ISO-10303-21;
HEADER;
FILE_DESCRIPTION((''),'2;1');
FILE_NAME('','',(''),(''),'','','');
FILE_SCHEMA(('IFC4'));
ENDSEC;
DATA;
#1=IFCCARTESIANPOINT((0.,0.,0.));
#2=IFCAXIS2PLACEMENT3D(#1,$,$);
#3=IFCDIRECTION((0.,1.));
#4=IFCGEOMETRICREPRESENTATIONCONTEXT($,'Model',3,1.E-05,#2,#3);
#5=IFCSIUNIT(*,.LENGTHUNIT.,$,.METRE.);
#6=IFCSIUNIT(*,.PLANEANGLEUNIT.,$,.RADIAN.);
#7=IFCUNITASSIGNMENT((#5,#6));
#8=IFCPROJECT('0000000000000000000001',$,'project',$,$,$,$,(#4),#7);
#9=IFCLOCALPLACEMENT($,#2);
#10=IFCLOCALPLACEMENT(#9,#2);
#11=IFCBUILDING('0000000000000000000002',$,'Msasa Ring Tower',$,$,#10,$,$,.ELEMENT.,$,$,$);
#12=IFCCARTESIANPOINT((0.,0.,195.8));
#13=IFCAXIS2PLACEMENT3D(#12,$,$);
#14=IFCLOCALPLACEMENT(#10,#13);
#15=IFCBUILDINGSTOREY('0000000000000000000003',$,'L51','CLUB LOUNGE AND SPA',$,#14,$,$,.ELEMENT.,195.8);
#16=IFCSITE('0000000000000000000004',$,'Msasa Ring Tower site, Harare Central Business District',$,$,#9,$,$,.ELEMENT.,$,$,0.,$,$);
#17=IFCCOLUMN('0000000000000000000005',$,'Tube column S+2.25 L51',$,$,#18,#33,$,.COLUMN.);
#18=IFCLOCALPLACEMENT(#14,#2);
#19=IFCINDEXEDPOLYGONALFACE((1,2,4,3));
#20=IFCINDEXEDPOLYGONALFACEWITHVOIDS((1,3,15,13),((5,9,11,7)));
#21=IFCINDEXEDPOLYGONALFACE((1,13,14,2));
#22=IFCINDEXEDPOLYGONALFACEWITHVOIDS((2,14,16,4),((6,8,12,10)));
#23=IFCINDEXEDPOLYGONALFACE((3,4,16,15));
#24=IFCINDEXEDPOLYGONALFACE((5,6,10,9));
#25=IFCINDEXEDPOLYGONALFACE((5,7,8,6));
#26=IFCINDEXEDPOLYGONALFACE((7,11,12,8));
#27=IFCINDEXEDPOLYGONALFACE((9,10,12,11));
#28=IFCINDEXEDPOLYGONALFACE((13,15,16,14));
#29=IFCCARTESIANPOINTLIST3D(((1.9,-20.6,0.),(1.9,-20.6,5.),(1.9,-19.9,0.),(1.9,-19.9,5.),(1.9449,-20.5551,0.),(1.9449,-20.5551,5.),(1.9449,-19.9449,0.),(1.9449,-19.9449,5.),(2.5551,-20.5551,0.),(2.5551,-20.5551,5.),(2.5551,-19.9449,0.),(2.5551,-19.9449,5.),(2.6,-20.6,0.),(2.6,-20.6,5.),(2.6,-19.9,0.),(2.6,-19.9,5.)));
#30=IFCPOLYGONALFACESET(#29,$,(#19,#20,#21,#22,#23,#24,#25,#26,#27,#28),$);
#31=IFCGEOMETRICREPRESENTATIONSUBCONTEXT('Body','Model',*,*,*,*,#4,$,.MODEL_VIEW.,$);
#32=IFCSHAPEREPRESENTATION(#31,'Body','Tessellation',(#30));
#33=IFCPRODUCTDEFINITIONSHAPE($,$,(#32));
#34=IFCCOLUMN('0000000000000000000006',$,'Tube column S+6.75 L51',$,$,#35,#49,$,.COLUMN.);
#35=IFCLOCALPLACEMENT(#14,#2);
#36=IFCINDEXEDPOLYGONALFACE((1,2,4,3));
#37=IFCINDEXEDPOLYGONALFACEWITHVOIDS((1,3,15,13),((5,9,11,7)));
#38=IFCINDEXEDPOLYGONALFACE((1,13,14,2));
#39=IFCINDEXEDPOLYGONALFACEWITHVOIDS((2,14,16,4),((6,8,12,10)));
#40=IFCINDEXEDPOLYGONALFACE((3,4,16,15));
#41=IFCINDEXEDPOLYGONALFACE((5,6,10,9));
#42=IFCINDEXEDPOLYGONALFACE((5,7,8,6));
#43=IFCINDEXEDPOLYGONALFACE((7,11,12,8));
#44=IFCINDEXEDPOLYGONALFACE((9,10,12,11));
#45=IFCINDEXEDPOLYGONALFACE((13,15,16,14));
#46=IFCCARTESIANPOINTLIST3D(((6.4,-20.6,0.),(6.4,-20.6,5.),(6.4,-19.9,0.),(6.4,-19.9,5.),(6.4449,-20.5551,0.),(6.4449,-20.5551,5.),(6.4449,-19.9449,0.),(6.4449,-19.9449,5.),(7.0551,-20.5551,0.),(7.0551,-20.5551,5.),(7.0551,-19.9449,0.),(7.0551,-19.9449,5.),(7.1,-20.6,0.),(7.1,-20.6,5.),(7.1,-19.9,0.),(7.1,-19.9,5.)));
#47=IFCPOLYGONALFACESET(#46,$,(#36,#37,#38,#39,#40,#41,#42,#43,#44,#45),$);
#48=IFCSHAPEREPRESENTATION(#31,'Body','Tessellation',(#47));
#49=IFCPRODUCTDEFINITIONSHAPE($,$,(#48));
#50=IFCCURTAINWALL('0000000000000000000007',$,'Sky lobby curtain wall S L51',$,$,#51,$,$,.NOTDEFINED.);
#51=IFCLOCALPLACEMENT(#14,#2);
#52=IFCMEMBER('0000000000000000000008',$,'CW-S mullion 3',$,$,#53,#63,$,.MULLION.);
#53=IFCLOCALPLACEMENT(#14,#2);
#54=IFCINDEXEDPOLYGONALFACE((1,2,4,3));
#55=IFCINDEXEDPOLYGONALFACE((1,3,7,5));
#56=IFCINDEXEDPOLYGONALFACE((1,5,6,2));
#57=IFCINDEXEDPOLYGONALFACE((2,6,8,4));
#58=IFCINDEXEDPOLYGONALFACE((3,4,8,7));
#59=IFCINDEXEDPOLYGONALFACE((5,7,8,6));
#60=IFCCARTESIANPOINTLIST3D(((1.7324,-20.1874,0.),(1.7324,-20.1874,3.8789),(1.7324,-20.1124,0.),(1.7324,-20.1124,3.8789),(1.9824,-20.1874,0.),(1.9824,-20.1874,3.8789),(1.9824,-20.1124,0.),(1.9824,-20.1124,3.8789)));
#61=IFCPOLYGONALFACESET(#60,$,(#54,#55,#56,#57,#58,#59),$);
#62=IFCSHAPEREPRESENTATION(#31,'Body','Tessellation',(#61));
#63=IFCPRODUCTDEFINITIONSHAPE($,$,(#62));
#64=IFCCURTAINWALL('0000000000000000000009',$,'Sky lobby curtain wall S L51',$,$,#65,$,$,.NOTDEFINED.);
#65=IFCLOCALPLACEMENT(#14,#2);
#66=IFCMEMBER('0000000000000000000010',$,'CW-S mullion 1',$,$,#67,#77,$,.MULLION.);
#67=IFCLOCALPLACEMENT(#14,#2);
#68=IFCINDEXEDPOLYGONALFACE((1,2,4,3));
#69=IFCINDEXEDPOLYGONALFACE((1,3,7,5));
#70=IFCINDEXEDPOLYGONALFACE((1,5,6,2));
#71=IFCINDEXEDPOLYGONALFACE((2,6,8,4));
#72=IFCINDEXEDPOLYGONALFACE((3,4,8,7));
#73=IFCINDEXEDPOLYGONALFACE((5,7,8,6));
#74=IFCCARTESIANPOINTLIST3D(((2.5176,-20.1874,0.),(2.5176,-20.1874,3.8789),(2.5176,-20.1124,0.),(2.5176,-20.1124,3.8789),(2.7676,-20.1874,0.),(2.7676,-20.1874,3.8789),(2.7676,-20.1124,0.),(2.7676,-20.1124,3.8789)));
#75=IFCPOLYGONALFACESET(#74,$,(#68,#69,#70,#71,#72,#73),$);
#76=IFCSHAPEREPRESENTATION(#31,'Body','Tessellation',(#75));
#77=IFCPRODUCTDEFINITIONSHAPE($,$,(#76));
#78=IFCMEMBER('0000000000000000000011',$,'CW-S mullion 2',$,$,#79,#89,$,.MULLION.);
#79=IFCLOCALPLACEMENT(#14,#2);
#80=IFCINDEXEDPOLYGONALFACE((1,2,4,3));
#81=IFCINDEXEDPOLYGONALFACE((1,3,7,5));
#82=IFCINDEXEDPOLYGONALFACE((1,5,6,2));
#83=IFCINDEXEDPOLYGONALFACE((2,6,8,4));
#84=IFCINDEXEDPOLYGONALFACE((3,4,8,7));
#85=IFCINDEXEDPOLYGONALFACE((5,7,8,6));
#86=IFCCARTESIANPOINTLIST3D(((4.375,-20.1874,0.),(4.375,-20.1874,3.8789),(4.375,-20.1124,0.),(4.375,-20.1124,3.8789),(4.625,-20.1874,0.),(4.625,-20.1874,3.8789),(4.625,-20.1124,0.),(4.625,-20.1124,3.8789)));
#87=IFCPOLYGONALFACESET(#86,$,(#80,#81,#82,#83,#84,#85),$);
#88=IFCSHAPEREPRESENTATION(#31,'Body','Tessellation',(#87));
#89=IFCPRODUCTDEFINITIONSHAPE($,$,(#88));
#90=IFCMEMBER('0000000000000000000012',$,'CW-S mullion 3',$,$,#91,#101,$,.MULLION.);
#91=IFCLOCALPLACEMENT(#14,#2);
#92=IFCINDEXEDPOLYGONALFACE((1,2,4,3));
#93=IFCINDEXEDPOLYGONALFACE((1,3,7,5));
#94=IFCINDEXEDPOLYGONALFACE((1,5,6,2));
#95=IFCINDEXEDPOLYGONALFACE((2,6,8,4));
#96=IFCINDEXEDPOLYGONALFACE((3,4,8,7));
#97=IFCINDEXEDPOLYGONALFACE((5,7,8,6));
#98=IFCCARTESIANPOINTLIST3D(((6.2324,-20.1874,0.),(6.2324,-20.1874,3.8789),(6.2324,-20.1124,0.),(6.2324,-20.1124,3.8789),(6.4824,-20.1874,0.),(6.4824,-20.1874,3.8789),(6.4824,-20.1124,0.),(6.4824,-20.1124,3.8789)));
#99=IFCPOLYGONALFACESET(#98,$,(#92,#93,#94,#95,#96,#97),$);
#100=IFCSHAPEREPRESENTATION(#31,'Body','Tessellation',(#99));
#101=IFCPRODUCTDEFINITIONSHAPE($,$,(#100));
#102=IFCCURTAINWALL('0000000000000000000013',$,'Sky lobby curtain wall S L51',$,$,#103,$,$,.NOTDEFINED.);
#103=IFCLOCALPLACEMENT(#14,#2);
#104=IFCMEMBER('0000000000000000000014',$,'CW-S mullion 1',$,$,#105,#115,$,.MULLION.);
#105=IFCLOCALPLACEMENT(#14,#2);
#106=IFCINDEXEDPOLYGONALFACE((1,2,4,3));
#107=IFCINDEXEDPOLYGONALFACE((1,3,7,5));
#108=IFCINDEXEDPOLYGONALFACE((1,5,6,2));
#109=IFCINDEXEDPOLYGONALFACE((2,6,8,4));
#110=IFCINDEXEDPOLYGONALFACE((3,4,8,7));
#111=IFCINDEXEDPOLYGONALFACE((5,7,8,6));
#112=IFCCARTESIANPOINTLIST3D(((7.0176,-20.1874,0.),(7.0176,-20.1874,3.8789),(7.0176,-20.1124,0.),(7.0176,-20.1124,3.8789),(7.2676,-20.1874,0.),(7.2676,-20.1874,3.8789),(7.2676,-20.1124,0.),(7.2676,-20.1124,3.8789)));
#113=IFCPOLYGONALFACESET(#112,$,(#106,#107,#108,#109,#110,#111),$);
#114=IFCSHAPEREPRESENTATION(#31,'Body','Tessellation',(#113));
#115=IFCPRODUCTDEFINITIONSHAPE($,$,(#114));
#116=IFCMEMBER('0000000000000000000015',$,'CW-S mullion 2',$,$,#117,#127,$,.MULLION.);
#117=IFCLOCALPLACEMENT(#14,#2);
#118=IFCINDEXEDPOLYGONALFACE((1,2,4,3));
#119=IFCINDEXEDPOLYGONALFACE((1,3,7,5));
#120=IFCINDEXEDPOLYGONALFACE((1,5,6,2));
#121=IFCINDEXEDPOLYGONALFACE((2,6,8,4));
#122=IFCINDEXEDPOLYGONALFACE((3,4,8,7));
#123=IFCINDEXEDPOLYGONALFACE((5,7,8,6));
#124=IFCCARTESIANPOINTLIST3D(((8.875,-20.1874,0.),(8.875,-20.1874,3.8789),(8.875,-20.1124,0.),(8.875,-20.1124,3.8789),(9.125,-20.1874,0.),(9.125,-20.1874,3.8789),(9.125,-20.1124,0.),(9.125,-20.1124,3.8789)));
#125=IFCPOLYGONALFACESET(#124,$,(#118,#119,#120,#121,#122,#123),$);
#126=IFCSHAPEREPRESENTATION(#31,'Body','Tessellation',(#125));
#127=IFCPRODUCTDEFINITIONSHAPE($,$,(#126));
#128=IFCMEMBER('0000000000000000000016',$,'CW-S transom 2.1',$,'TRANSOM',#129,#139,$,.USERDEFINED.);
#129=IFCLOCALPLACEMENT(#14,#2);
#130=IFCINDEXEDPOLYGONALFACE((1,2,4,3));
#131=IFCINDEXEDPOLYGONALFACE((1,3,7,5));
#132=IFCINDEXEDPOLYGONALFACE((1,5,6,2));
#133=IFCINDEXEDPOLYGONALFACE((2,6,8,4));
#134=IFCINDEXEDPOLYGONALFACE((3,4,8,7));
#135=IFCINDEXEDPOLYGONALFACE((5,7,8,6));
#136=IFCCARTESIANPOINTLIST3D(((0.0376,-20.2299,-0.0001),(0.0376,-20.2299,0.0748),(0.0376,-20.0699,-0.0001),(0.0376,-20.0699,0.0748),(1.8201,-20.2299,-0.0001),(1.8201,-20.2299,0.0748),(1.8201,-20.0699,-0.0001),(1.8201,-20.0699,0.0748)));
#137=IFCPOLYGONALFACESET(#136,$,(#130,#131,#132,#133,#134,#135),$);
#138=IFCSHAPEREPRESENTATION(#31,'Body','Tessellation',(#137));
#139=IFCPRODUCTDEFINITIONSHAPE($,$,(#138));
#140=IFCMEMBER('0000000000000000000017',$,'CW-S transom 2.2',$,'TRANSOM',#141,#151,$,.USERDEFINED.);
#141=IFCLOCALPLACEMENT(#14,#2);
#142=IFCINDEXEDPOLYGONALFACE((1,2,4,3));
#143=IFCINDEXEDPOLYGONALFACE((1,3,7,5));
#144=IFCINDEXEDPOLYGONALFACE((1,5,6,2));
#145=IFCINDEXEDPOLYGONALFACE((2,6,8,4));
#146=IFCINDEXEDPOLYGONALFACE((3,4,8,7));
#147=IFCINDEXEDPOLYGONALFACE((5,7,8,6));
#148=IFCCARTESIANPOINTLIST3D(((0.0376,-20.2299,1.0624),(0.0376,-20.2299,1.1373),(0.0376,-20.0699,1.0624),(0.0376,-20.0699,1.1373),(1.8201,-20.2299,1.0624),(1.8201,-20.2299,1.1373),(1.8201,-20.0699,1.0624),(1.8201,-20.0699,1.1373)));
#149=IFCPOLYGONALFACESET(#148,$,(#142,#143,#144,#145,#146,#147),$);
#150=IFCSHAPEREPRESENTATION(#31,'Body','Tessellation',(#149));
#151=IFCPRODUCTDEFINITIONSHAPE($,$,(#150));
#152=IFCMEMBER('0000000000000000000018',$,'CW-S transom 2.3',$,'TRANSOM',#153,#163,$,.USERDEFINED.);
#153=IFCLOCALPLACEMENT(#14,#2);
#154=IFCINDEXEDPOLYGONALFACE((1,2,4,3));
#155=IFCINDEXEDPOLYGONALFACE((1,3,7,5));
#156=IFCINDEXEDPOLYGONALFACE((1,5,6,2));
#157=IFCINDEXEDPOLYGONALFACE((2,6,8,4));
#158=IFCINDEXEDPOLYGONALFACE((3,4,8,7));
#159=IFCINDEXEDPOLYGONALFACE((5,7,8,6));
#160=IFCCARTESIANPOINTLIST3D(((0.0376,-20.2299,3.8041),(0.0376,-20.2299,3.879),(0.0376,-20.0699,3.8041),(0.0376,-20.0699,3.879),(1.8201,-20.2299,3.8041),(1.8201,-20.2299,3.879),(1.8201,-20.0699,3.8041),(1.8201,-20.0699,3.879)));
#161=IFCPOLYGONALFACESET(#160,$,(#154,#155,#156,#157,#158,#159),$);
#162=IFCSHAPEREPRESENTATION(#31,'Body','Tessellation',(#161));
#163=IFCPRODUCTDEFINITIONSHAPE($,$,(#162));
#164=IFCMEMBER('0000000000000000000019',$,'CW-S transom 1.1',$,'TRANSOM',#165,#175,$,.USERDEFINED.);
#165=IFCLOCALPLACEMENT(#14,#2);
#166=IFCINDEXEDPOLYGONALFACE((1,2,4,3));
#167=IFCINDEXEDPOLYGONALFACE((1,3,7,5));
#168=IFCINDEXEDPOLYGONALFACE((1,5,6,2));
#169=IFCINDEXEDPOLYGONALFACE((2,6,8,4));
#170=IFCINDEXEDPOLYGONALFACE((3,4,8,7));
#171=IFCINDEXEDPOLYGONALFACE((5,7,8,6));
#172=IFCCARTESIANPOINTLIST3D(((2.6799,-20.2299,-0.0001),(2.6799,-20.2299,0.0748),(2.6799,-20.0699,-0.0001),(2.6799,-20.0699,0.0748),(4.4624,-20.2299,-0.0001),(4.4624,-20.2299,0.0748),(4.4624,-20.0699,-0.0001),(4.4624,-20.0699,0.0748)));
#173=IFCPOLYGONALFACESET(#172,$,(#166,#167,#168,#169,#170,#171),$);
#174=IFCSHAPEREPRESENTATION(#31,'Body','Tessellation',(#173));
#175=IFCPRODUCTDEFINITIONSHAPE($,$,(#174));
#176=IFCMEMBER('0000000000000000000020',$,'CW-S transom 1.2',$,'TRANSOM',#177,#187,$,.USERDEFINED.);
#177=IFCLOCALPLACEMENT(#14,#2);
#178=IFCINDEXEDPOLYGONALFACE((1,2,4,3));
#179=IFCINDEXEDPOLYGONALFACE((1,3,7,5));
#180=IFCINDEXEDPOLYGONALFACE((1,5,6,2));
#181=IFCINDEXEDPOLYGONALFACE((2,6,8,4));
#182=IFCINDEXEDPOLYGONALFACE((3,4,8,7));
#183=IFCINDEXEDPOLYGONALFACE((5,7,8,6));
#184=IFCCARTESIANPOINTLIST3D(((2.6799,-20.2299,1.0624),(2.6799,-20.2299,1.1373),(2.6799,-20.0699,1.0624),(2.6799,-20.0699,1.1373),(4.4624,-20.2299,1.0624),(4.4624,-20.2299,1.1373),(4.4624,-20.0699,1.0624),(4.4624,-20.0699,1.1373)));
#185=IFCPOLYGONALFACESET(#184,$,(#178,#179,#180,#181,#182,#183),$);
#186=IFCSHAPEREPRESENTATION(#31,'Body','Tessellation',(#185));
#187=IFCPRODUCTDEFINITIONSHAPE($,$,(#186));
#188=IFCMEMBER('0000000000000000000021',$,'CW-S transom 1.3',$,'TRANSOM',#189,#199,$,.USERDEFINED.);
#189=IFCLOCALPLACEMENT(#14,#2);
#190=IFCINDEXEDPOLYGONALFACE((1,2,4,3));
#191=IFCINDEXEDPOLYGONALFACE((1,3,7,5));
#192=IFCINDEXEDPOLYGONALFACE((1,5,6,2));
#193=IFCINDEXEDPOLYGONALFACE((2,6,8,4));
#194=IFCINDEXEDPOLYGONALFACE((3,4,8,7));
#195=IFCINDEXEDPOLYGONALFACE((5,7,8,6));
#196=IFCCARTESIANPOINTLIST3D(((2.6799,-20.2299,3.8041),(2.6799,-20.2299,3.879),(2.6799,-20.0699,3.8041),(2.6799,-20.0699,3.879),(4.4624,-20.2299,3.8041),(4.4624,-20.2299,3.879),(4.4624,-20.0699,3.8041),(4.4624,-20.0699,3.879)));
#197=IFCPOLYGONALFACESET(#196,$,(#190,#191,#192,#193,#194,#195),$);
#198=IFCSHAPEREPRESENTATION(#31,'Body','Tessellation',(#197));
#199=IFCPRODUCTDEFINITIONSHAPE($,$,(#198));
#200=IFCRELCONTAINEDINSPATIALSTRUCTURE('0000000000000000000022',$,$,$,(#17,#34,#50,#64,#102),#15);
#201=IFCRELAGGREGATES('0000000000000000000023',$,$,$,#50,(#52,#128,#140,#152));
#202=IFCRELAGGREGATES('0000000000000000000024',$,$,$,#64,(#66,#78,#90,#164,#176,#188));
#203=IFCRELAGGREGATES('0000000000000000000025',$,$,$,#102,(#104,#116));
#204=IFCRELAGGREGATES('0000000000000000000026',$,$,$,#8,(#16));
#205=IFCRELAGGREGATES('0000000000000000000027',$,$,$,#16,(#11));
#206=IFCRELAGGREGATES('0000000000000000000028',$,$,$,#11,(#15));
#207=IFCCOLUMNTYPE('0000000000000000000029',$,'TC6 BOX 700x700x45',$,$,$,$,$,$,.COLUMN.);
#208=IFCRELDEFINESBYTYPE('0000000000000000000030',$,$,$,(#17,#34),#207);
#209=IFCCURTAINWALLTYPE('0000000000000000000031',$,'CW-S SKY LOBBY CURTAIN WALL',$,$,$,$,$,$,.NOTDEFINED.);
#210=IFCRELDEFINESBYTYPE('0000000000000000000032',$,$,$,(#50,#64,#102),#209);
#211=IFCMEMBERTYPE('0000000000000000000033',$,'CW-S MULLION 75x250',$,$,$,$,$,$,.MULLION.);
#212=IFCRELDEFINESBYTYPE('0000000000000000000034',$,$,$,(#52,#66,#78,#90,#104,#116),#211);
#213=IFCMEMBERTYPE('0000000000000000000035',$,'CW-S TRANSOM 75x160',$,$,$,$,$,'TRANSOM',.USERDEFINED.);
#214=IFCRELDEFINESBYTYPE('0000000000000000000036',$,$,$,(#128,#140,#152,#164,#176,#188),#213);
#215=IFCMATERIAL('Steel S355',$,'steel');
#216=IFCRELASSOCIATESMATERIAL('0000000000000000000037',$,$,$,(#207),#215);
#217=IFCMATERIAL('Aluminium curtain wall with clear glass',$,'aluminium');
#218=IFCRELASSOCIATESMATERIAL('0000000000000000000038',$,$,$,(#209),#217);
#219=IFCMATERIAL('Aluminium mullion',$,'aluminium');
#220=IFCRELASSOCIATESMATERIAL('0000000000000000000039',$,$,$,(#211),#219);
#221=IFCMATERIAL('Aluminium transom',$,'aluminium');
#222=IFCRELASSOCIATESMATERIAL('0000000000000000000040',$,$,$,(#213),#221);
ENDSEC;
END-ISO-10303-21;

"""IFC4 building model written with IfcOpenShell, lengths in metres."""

from ifc_helpers import new_model, si_unit, direction, frame, origin, origin_2d, place, context, subcontext, project, spatial, rectangle, hollow_rectangle, extrude, material, material_profile, profile_set, type_object, element, aggregate, save


model = new_model("IFC4")

# Units and contexts
model_context = context("Model", 3, precision=1e-05, world=origin(), true_north=direction((0.0, 1.0)))
body_context = subcontext(model_context, "Body", "Model", "MODEL_VIEW")
ifc_project = project(units=[si_unit("LENGTHUNIT", "METRE"), si_unit("PLANEANGLEUNIT", "RADIAN")], contexts=[model_context])

# Site, building, storey
site_placement = place(None, origin())
site = spatial("IfcSite", under=ifc_project, at=site_placement, Name="Msasa Ring Tower site, Harare Central Business District", CompositionType="ELEMENT", RefElevation=0.0)
building_placement = place(site_placement, origin())
building = spatial("IfcBuilding", under=site, at=building_placement, Name="Msasa Ring Tower", CompositionType="ELEMENT")
storey_placement = place(building_placement, frame((0.0, 0.0, 195.8)))
storey = spatial("IfcBuildingStorey", under=building, at=storey_placement, Name="L51", Description="CLUB LOUNGE AND SPA", CompositionType="ELEMENT", Elevation=195.8)

# Columns
ifc_material_1 = material(Name="Steel S355", Category="steel")
ifc_material_profile_1 = material_profile(ifc_material_1, hollow_rectangle(XDim=0.7, YDim=0.7, WallThickness=0.0449, at=origin_2d()), Name="BOX 700x700x45")
ifc_profile_set_1 = profile_set([ifc_material_profile_1], Name="Steel S355")
column_type = type_object("IfcColumnType", Name="TC6 BOX 700x700x45", PredefinedType="COLUMN", material=ifc_profile_set_1)
for number, where, z_axis, x_axis, name in (
    (1, (2.25, -20.25, 0.0), (0.0, 0.0, 1.0), (0.0, 1.0, 0.0), "Tube column S+2.25 L51"),
    (2, (6.75, -20.25, 0.0), (0.0, 0.0, 1.0), (0.0, 1.0, 0.0), "Tube column S+6.75 L51"),
):
    element("IfcColumn", number, at=place(storey_placement, frame(where, z_axis=z_axis, x_axis=x_axis)), inside=storey, type_object=column_type, Name=name, PredefinedType="COLUMN", context=body_context, shape_type="SweptSolid", body=[
        extrude(hollow_rectangle(XDim=0.7, YDim=0.7, WallThickness=0.0449, at=origin_2d()), origin(), (0.0, 0.0, 1.0), 5.0),
    ])

# Curtain wall, member
ifc_material_2 = material(Name="Aluminium curtain wall with clear glass", Category="aluminium")
curtain_wall_type = type_object("IfcCurtainWallType", Name="CW-S SKY LOBBY CURTAIN WALL", PredefinedType="NOTDEFINED", material=ifc_material_2)
curtain_wall_1_placement = place(storey_placement, origin())
curtain_wall_1 = element("IfcCurtainWall", 3, at=curtain_wall_1_placement, inside=storey, type_object=curtain_wall_type, Name="Sky lobby curtain wall S L51", PredefinedType="NOTDEFINED")
ifc_material_3 = material(Name="Aluminium mullion", Category="aluminium")
ifc_material_profile_2 = material_profile(ifc_material_3, rectangle(XDim=0.075, YDim=0.25, at=origin_2d()), Name="AL 75x250")
ifc_profile_set_2 = profile_set([ifc_material_profile_2], Name="Aluminium mullion")
member_type_1 = type_object("IfcMemberType", Name="CW-S MULLION 75x250", PredefinedType="MULLION", material=ifc_profile_set_2)
member_1_placement = place(storey_placement, frame((1.8574, -20.1499, 0.0), z_axis=(0.0, 0.0, 1.0), x_axis=(0.0, 1.0, 0.0)))
member_1 = element("IfcMember", 4, at=member_1_placement, type_object=member_type_1, Name="CW-S mullion 3", PredefinedType="MULLION", context=body_context, shape_type="SweptSolid", body=[
    extrude(rectangle(XDim=0.075, YDim=0.25, at=origin_2d()), origin(), (0.0, 0.0, 1.0), 3.8789),
])

# Curtain walls, members
curtain_wall_2_placement = place(storey_placement, origin())
curtain_wall_2 = element("IfcCurtainWall", 5, at=curtain_wall_2_placement, inside=storey, type_object=curtain_wall_type, Name="Sky lobby curtain wall S L51", PredefinedType="NOTDEFINED")
member_2_placement = place(storey_placement, frame((2.6426, -20.1499, 0.0), z_axis=(0.0, 0.0, 1.0), x_axis=(0.0, 1.0, 0.0)))
member_2 = element("IfcMember", 6, at=member_2_placement, type_object=member_type_1, Name="CW-S mullion 1", PredefinedType="MULLION", context=body_context, shape_type="SweptSolid", body=[
    extrude(rectangle(XDim=0.075, YDim=0.25, at=origin_2d()), origin(), (0.0, 0.0, 1.0), 3.8789),
])
member_3_placement = place(storey_placement, frame((4.5, -20.1499, 0.0), z_axis=(0.0, 0.0, 1.0), x_axis=(0.0, 1.0, 0.0)))
member_3 = element("IfcMember", 7, at=member_3_placement, type_object=member_type_1, Name="CW-S mullion 2", PredefinedType="MULLION", context=body_context, shape_type="SweptSolid", body=[
    extrude(rectangle(XDim=0.075, YDim=0.25, at=origin_2d()), origin(), (0.0, 0.0, 1.0), 3.8789),
])
member_4_placement = place(storey_placement, frame((6.3574, -20.1499, 0.0), z_axis=(0.0, 0.0, 1.0), x_axis=(0.0, 1.0, 0.0)))
member_4 = element("IfcMember", 8, at=member_4_placement, type_object=member_type_1, Name="CW-S mullion 3", PredefinedType="MULLION", context=body_context, shape_type="SweptSolid", body=[
    extrude(rectangle(XDim=0.075, YDim=0.25, at=origin_2d()), origin(), (0.0, 0.0, 1.0), 3.8789),
])
curtain_wall_3_placement = place(storey_placement, origin())
curtain_wall_3 = element("IfcCurtainWall", 9, at=curtain_wall_3_placement, inside=storey, type_object=curtain_wall_type, Name="Sky lobby curtain wall S L51", PredefinedType="NOTDEFINED")
member_5_placement = place(storey_placement, frame((7.1426, -20.1499, 0.0), z_axis=(0.0, 0.0, 1.0), x_axis=(0.0, 1.0, 0.0)))
member_5 = element("IfcMember", 10, at=member_5_placement, type_object=member_type_1, Name="CW-S mullion 1", PredefinedType="MULLION", context=body_context, shape_type="SweptSolid", body=[
    extrude(rectangle(XDim=0.075, YDim=0.25, at=origin_2d()), origin(), (0.0, 0.0, 1.0), 3.8789),
])
member_6_placement = place(storey_placement, frame((9.0, -20.1499, 0.0), z_axis=(0.0, 0.0, 1.0), x_axis=(0.0, 1.0, 0.0)))
member_6 = element("IfcMember", 11, at=member_6_placement, type_object=member_type_1, Name="CW-S mullion 2", PredefinedType="MULLION", context=body_context, shape_type="SweptSolid", body=[
    extrude(rectangle(XDim=0.075, YDim=0.25, at=origin_2d()), origin(), (0.0, 0.0, 1.0), 3.8789),
])

# Members
ifc_material_4 = material(Name="Aluminium transom", Category="aluminium")
ifc_material_profile_3 = material_profile(ifc_material_4, rectangle(XDim=0.1599, YDim=0.075, at=origin_2d()), Name="AL 75x160")
ifc_profile_set_3 = profile_set([ifc_material_profile_3], Name="Aluminium transom")
member_type_2 = type_object("IfcMemberType", Name="CW-S TRANSOM 75x160", ElementType="TRANSOM", PredefinedType="USERDEFINED", material=ifc_profile_set_3)
member_7_placement = place(storey_placement, frame((0.0376, -20.1499, 0.0374), z_axis=(1.0, 0.0, 0.0), x_axis=(0.0, 1.0, 0.0)))
member_7 = element("IfcMember", 12, at=member_7_placement, type_object=member_type_2, Name="CW-S transom 2.1", ObjectType="TRANSOM", PredefinedType="USERDEFINED", context=body_context, shape_type="SweptSolid", body=[
    extrude(rectangle(XDim=0.1599, YDim=0.075, at=origin_2d()), origin(), (0.0, 0.0, 1.0), 1.7825),
])
member_8_placement = place(storey_placement, frame((0.0376, -20.1499, 1.0999), z_axis=(1.0, 0.0, 0.0), x_axis=(0.0, 1.0, 0.0)))
member_8 = element("IfcMember", 13, at=member_8_placement, type_object=member_type_2, Name="CW-S transom 2.2", ObjectType="TRANSOM", PredefinedType="USERDEFINED", context=body_context, shape_type="SweptSolid", body=[
    extrude(rectangle(XDim=0.1599, YDim=0.075, at=origin_2d()), origin(), (0.0, 0.0, 1.0), 1.7825),
])
member_9_placement = place(storey_placement, frame((0.0376, -20.1499, 3.8416), z_axis=(1.0, 0.0, 0.0), x_axis=(0.0, 1.0, 0.0)))
member_9 = element("IfcMember", 14, at=member_9_placement, type_object=member_type_2, Name="CW-S transom 2.3", ObjectType="TRANSOM", PredefinedType="USERDEFINED", context=body_context, shape_type="SweptSolid", body=[
    extrude(rectangle(XDim=0.1599, YDim=0.075, at=origin_2d()), origin(), (0.0, 0.0, 1.0), 1.7825),
])
member_10_placement = place(storey_placement, frame((2.6799, -20.1499, 0.0374), z_axis=(1.0, 0.0, 0.0), x_axis=(0.0, 1.0, 0.0)))
member_10 = element("IfcMember", 15, at=member_10_placement, type_object=member_type_2, Name="CW-S transom 1.1", ObjectType="TRANSOM", PredefinedType="USERDEFINED", context=body_context, shape_type="SweptSolid", body=[
    extrude(rectangle(XDim=0.1599, YDim=0.075, at=origin_2d()), origin(), (0.0, 0.0, 1.0), 1.7825),
])
member_11_placement = place(storey_placement, frame((2.6799, -20.1499, 1.0999), z_axis=(1.0, 0.0, 0.0), x_axis=(0.0, 1.0, 0.0)))
member_11 = element("IfcMember", 16, at=member_11_placement, type_object=member_type_2, Name="CW-S transom 1.2", ObjectType="TRANSOM", PredefinedType="USERDEFINED", context=body_context, shape_type="SweptSolid", body=[
    extrude(rectangle(XDim=0.1599, YDim=0.075, at=origin_2d()), origin(), (0.0, 0.0, 1.0), 1.7825),
])
member_12_placement = place(storey_placement, frame((2.6799, -20.1499, 3.8416), z_axis=(1.0, 0.0, 0.0), x_axis=(0.0, 1.0, 0.0)))
member_12 = element("IfcMember", 17, at=member_12_placement, type_object=member_type_2, Name="CW-S transom 1.3", ObjectType="TRANSOM", PredefinedType="USERDEFINED", context=body_context, shape_type="SweptSolid", body=[
    extrude(rectangle(XDim=0.1599, YDim=0.075, at=origin_2d()), origin(), (0.0, 0.0, 1.0), 1.7825),
])

aggregate(curtain_wall_1, [member_1, member_7, member_8, member_9])
aggregate(curtain_wall_2, [member_2, member_3, member_4, member_10, member_11, member_12])
aggregate(curtain_wall_3, [member_5, member_6])

save(model, "model.ifc")
